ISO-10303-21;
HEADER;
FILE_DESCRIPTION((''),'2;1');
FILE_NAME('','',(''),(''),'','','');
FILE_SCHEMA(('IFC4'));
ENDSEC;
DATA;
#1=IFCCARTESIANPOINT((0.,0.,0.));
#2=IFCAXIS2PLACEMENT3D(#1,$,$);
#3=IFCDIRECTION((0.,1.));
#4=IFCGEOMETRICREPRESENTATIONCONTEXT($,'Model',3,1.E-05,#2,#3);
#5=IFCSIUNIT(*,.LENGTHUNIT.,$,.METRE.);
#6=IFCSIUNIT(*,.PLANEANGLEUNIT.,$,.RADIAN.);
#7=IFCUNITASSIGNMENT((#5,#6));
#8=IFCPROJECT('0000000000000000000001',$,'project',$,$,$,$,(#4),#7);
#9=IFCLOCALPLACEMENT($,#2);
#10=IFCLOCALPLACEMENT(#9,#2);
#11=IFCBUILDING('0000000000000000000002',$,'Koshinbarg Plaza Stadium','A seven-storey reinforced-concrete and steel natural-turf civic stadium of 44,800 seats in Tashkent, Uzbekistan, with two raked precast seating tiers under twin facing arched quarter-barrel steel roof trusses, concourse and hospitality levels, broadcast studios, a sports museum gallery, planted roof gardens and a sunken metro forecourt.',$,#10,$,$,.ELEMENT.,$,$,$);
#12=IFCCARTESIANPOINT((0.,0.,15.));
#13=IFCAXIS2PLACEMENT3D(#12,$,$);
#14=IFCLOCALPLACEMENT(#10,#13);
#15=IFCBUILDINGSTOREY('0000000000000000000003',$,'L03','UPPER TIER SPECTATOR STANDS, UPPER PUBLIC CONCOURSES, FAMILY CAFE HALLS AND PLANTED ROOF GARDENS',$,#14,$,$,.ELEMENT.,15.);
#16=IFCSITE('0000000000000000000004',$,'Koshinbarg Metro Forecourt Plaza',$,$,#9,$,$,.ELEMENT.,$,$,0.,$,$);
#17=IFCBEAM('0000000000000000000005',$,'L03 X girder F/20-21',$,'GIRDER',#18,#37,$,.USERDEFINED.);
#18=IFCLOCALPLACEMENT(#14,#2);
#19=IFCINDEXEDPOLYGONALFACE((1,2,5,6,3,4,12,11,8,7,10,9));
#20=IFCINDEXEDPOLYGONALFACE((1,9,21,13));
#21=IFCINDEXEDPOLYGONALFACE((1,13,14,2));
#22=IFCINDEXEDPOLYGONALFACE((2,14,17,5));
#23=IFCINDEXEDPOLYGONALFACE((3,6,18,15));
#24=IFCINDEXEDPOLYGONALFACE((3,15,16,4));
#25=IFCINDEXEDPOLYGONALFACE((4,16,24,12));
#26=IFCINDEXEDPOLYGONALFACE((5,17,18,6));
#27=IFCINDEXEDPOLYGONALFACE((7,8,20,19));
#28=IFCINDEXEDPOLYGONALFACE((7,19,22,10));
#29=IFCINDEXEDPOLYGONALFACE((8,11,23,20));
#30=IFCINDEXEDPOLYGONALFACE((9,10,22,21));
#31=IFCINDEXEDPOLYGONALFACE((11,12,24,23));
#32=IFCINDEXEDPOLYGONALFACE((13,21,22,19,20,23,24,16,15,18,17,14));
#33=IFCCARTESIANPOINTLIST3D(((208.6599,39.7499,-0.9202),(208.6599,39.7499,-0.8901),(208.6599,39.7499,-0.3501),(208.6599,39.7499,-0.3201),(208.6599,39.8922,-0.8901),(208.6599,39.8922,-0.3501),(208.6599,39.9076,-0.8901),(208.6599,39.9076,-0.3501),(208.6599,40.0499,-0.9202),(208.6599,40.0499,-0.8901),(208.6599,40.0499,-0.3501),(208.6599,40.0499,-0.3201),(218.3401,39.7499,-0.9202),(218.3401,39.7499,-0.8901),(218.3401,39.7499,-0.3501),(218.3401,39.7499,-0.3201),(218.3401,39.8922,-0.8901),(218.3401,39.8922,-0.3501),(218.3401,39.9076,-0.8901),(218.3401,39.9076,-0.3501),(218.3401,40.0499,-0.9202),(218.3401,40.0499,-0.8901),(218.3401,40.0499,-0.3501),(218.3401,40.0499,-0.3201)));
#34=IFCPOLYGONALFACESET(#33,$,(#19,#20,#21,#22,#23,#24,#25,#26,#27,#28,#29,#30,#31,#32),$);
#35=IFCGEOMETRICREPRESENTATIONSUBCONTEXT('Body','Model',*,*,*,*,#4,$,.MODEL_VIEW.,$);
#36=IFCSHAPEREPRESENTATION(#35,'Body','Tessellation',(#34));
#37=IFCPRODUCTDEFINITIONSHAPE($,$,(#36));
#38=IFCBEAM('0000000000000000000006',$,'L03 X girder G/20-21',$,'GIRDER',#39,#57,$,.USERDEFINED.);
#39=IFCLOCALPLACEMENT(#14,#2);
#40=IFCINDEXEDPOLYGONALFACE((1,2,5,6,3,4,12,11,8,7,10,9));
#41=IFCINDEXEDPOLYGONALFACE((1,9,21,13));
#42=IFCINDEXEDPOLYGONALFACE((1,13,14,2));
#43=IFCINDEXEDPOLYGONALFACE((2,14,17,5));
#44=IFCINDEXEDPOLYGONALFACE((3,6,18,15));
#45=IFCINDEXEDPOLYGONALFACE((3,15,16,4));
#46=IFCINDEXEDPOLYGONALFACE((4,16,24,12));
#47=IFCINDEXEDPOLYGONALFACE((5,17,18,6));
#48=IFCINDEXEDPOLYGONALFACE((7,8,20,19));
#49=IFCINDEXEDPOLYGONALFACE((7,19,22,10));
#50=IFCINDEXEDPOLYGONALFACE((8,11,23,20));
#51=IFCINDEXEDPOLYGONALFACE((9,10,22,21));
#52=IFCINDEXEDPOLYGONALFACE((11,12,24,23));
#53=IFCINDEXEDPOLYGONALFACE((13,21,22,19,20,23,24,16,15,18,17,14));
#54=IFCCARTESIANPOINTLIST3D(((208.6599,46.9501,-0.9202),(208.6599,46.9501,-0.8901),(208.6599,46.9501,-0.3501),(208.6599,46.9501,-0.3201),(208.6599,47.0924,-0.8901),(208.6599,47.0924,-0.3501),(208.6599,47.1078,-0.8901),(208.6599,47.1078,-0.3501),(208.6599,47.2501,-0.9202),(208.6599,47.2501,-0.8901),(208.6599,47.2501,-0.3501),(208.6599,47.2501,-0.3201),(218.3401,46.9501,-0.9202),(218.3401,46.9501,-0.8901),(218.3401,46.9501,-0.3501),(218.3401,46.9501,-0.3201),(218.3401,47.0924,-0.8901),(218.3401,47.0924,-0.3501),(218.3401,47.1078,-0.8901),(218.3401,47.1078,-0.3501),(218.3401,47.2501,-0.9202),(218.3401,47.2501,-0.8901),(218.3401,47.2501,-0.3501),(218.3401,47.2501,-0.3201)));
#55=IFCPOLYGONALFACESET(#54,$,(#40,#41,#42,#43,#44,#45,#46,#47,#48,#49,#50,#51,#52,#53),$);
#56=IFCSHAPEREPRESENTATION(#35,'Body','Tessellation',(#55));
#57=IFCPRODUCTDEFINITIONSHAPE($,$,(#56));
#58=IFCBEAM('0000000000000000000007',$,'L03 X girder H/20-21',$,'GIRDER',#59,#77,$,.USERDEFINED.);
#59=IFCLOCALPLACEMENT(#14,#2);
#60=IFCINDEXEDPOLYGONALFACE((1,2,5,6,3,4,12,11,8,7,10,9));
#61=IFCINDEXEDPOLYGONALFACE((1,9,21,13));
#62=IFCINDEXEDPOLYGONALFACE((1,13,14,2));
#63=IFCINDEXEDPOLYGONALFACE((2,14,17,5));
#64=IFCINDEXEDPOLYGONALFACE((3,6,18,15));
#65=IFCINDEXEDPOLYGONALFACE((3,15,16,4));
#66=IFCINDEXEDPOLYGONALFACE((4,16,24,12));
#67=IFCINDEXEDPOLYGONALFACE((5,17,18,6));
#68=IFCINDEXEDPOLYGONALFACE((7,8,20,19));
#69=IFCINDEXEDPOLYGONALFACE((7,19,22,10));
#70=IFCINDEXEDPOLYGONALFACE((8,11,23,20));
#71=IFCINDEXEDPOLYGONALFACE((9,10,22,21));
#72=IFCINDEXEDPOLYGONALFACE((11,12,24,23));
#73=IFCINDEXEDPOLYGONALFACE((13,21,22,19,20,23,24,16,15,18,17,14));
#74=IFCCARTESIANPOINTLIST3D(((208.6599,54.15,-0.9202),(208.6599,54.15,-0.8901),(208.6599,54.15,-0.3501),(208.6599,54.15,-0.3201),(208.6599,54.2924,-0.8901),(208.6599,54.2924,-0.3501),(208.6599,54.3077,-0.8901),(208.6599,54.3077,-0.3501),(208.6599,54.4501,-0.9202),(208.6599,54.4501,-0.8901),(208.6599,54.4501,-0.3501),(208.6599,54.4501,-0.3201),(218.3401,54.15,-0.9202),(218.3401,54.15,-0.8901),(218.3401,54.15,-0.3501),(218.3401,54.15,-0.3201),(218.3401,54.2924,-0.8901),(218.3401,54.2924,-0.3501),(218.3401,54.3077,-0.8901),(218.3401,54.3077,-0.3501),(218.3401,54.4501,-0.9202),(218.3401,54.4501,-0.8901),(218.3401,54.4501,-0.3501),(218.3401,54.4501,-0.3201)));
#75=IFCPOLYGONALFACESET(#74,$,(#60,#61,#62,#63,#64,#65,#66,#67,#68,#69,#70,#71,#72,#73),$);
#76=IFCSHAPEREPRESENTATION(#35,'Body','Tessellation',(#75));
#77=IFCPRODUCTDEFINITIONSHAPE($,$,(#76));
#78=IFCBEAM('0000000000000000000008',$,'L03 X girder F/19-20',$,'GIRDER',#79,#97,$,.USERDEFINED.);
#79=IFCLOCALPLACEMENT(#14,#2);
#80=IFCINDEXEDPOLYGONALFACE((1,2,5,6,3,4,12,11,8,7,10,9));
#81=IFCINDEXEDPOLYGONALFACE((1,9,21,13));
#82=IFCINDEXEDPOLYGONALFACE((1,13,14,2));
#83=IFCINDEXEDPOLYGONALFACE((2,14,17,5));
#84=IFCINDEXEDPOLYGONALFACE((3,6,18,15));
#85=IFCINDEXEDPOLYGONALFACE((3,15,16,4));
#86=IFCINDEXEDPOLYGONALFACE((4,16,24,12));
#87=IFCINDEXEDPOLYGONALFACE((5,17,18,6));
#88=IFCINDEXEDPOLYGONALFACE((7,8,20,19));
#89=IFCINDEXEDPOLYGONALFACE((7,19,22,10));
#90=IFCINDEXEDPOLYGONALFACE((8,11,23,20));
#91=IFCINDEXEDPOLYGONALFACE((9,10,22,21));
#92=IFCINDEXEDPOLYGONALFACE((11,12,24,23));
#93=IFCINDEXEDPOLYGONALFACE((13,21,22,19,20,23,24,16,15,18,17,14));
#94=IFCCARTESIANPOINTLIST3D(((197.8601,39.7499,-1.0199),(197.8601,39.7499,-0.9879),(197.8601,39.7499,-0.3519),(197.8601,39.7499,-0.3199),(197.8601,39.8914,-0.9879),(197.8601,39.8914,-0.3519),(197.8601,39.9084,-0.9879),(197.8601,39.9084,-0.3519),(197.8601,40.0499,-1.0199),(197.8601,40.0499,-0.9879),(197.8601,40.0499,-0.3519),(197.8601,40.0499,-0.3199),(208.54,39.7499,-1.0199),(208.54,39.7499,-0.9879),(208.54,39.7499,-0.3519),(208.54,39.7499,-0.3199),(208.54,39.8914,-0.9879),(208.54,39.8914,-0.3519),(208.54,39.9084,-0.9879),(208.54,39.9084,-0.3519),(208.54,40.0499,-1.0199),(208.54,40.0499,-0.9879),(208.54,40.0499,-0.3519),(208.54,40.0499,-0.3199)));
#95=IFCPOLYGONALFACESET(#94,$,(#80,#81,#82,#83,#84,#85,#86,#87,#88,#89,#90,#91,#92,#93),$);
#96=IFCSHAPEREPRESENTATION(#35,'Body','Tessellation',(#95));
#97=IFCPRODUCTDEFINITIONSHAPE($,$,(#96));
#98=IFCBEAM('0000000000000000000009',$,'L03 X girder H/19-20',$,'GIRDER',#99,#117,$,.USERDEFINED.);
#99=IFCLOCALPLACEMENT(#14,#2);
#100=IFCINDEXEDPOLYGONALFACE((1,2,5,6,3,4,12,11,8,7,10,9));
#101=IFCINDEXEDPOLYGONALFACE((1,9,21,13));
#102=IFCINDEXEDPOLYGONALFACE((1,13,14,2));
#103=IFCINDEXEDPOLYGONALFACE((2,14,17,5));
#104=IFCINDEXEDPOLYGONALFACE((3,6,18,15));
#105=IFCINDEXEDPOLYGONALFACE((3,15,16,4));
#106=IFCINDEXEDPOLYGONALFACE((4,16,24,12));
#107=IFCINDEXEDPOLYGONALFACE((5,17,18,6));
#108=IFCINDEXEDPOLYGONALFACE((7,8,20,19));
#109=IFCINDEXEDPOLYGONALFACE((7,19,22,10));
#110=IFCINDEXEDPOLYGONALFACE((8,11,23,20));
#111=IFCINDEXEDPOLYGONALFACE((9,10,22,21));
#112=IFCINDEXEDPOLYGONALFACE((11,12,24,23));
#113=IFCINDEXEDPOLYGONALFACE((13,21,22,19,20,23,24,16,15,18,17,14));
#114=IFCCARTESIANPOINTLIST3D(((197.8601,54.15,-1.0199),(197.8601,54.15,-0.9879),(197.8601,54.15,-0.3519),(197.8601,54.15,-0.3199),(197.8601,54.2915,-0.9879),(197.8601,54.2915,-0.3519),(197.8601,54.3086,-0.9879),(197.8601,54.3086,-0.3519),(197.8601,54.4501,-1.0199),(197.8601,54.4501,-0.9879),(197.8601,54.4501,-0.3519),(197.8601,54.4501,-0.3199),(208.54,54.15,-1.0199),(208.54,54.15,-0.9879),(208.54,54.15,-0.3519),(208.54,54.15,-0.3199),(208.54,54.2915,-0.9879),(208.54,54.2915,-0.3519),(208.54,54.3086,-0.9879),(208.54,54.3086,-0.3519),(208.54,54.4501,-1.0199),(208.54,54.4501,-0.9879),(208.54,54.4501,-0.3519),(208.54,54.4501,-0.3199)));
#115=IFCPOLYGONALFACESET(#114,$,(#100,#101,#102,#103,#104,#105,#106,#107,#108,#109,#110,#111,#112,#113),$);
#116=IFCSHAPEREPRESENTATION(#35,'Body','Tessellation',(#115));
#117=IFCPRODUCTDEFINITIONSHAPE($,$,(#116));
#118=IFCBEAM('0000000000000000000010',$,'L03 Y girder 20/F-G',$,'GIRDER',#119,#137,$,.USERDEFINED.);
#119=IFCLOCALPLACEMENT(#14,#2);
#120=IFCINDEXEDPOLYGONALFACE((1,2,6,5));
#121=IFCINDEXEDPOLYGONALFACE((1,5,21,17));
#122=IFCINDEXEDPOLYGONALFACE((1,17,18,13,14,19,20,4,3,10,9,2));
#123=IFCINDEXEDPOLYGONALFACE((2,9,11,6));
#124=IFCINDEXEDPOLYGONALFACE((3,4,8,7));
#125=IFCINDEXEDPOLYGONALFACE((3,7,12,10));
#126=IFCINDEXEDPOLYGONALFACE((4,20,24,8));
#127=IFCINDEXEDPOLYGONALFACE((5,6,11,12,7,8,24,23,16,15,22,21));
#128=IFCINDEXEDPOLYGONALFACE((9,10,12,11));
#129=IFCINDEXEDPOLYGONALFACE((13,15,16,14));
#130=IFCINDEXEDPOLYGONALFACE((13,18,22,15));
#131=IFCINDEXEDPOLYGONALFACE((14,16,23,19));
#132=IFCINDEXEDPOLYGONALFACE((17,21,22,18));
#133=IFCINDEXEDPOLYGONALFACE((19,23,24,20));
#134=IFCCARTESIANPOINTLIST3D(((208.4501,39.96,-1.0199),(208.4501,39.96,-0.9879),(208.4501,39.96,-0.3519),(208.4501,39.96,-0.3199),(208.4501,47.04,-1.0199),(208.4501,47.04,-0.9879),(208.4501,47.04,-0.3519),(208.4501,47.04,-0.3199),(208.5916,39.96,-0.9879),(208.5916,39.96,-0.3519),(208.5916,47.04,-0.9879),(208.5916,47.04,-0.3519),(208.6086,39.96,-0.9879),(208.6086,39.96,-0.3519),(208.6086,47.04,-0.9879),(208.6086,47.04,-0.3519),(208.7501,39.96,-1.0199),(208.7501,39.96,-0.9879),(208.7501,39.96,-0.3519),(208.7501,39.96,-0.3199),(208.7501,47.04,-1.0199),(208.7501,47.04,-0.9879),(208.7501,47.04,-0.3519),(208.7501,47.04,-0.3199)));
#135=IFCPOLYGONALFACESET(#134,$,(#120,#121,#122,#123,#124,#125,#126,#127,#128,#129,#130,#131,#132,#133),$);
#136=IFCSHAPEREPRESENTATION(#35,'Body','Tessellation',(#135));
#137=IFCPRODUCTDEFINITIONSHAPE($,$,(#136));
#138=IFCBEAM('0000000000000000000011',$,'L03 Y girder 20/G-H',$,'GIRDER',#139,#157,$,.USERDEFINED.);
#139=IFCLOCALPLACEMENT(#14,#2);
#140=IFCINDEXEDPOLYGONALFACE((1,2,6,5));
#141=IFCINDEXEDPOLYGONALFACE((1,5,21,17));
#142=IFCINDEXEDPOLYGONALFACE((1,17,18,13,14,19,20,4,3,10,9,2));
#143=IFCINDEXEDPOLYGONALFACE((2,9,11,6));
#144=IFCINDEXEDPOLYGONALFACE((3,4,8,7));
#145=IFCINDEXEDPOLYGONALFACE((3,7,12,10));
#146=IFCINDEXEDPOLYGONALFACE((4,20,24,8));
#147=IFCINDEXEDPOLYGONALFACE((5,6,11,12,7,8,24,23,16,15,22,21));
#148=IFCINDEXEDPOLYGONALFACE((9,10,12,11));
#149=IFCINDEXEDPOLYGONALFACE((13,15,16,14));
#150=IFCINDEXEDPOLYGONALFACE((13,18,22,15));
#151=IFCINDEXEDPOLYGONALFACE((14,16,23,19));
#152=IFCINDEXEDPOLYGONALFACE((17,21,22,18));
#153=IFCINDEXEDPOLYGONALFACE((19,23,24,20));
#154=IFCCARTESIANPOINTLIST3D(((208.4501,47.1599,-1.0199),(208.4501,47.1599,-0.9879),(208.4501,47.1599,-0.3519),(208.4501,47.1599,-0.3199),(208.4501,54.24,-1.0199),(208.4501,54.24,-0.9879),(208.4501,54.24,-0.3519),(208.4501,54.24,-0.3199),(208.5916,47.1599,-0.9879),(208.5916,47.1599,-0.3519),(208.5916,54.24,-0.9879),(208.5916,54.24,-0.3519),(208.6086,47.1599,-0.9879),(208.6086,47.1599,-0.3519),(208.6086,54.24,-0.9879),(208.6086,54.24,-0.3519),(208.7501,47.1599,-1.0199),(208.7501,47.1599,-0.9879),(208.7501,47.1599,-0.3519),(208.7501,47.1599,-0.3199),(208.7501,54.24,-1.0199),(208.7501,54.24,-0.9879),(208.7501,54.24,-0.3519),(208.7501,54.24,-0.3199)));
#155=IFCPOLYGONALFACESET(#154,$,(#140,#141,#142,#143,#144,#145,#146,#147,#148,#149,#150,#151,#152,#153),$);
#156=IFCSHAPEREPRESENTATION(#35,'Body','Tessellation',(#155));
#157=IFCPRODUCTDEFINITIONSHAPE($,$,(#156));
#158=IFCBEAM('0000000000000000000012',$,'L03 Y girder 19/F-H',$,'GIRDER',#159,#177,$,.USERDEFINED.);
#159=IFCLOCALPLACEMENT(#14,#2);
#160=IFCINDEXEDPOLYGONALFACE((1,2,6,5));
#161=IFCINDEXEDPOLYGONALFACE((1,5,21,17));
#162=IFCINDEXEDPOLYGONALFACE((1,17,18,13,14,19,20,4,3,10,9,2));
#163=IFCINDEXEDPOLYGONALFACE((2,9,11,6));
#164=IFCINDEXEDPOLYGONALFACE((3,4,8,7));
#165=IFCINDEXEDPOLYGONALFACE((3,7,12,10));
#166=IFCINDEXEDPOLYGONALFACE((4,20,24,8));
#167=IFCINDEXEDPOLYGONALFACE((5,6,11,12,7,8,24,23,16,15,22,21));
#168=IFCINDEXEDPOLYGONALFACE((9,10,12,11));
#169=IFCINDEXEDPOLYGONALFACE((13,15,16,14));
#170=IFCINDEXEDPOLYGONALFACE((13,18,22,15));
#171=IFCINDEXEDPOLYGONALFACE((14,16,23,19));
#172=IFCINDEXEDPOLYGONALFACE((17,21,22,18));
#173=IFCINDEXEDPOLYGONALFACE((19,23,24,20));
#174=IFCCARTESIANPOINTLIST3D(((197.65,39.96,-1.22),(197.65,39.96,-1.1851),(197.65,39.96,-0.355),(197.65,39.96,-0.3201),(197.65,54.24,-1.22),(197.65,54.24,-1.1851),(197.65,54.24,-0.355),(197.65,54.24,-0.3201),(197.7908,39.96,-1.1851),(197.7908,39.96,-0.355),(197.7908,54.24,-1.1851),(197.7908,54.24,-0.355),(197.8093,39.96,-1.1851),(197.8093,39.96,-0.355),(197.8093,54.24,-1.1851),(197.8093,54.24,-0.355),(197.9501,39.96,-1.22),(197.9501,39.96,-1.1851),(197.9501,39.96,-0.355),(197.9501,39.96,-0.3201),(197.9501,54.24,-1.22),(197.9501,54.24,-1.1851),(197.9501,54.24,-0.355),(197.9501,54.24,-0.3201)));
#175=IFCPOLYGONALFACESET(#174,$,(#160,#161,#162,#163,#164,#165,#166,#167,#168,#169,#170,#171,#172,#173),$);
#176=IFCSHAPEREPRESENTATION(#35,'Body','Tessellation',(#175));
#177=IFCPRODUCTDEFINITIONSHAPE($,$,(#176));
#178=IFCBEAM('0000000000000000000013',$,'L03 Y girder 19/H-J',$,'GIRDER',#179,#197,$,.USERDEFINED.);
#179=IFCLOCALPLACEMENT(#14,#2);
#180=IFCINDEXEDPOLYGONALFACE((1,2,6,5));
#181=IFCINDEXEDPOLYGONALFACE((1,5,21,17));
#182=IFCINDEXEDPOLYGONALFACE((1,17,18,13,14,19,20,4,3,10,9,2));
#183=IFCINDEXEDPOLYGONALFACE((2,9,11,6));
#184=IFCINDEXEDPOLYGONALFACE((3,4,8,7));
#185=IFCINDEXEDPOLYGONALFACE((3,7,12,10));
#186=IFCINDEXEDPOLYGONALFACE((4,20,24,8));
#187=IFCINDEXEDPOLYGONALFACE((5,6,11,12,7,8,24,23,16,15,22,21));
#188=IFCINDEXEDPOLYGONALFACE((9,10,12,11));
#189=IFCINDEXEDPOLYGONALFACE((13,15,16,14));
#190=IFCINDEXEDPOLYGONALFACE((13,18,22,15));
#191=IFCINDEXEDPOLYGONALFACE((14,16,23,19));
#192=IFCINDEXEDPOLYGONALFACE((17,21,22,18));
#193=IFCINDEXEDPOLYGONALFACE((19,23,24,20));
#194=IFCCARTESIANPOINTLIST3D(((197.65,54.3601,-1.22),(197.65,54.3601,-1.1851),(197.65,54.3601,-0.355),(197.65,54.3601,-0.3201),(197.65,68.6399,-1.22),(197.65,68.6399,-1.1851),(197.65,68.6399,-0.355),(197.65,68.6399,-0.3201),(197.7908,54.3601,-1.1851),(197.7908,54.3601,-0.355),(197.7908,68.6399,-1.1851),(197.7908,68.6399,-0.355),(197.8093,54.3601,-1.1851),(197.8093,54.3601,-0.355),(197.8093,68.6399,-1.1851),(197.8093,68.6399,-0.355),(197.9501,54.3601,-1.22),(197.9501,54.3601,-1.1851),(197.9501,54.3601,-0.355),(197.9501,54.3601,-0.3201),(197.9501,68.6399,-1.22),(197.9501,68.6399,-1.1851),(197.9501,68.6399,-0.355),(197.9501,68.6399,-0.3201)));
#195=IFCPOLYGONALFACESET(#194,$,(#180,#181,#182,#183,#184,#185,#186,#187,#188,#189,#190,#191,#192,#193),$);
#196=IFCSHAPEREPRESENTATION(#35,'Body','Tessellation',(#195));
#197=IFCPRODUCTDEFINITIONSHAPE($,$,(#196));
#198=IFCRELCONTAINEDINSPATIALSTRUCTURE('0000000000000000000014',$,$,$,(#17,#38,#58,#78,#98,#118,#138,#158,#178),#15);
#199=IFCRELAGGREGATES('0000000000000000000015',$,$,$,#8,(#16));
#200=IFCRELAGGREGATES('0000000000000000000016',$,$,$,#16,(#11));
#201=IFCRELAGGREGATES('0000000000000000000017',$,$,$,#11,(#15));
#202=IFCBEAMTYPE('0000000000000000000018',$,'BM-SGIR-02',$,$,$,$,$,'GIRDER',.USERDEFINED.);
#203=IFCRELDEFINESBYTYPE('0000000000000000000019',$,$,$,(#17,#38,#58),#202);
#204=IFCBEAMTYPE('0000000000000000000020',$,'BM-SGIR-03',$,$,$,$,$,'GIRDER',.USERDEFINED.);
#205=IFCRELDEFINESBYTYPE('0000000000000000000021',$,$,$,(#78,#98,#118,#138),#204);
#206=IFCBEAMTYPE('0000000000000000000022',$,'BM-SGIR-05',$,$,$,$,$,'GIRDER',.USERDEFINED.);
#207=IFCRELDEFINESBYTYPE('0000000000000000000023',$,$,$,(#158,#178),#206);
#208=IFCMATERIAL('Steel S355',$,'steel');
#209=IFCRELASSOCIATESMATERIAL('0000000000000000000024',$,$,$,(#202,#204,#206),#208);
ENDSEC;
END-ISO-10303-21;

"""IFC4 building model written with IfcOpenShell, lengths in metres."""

from ifc_helpers import new_model, si_unit, direction, frame, origin, origin_2d, place, context, subcontext, project, spatial, i_section, extrude, material, material_profile, profile_set, type_object, element, save


model = new_model("IFC4")

# Units and contexts
model_context = context("Model", 3, precision=1e-05, world=origin(), true_north=direction((0.0, 1.0)))
body_context = subcontext(model_context, "Body", "Model", "MODEL_VIEW")
ifc_project = project(units=[si_unit("LENGTHUNIT", "METRE"), si_unit("PLANEANGLEUNIT", "RADIAN")], contexts=[model_context])

# Site, building, storey
site_placement = place(None, origin())
site = spatial("IfcSite", under=ifc_project, at=site_placement, Name="Koshinbarg Metro Forecourt Plaza", CompositionType="ELEMENT", RefElevation=0.0)
building_placement = place(site_placement, origin())
building = spatial("IfcBuilding", under=site, at=building_placement, Name="Koshinbarg Plaza Stadium", Description="A seven-storey reinforced-concrete and steel natural-turf civic stadium of 44,800 seats in Tashkent, Uzbekistan, with two raked precast seating tiers under twin facing arched quarter-barrel steel roof trusses, concourse and hospitality levels, broadcast studios, a sports museum gallery, planted roof gardens and a sunken metro forecourt.", CompositionType="ELEMENT")
storey_placement = place(building_placement, frame((0.0, 0.0, 15.0)))
storey = spatial("IfcBuildingStorey", under=building, at=storey_placement, Name="L03", Description="UPPER TIER SPECTATOR STANDS, UPPER PUBLIC CONCOURSES, FAMILY CAFE HALLS AND PLANTED ROOF GARDENS", CompositionType="ELEMENT", Elevation=15.0)

# Shared definitions
ifc_material_1 = material(Name="Steel S355", Category="steel")

# Beams
ifc_material_profile_1 = material_profile(ifc_material_1, i_section(OverallWidth=0.3, OverallDepth=0.6001, WebThickness=0.0154, FlangeThickness=0.03, at=origin_2d()), Name="HEB 600")
ifc_profile_set_1 = profile_set([ifc_material_profile_1], Name="Steel S355")
beam_type_1 = type_object("IfcBeamType", Name="BM-SGIR-02", ElementType="GIRDER", PredefinedType="USERDEFINED", material=ifc_profile_set_1)
for number, where, z_axis, x_axis, name in (
    (1, (208.6599, 39.8999, -0.6201), (1.0, 0.0, 0.0), (0.0, 1.0, 0.0), "L03 X girder F/20-21"),
    (2, (208.6599, 47.1001, -0.6201), (1.0, 0.0, 0.0), (0.0, 1.0, 0.0), "L03 X girder G/20-21"),
    (3, (208.6599, 54.3, -0.6201), (1.0, 0.0, 0.0), (0.0, 1.0, 0.0), "L03 X girder H/20-21"),
):
    element("IfcBeam", number, at=place(storey_placement, frame(where, z_axis=z_axis, x_axis=x_axis)), inside=storey, type_object=beam_type_1, Name=name, ObjectType="GIRDER", PredefinedType="USERDEFINED", context=body_context, shape_type="SweptSolid", body=[
        extrude(i_section(OverallWidth=0.3, OverallDepth=0.6001, WebThickness=0.0154, FlangeThickness=0.03, at=origin_2d()), origin(), (0.0, 0.0, 1.0), 9.6802),
    ])
ifc_material_profile_2 = material_profile(ifc_material_1, i_section(OverallWidth=0.3, OverallDepth=0.7, WebThickness=0.0171, FlangeThickness=0.032, at=origin_2d()), Name="HEB 700")
ifc_profile_set_2 = profile_set([ifc_material_profile_2], Name="Steel S355")
beam_type_2 = type_object("IfcBeamType", Name="BM-SGIR-03", ElementType="GIRDER", PredefinedType="USERDEFINED", material=ifc_profile_set_2)
for number, where, z_axis, x_axis, name in (
    (4, (197.8601, 39.8999, -0.6699), (1.0, 0.0, 0.0), (0.0, 1.0, 0.0), "L03 X girder F/19-20"),
    (5, (197.8601, 54.3, -0.6699), (1.0, 0.0, 0.0), (0.0, 1.0, 0.0), "L03 X girder H/19-20"),
):
    element("IfcBeam", number, at=place(storey_placement, frame(where, z_axis=z_axis, x_axis=x_axis)), inside=storey, type_object=beam_type_2, Name=name, ObjectType="GIRDER", PredefinedType="USERDEFINED", context=body_context, shape_type="SweptSolid", body=[
        extrude(i_section(OverallWidth=0.3, OverallDepth=0.7, WebThickness=0.0171, FlangeThickness=0.032, at=origin_2d()), origin(), (0.0, 0.0, 1.0), 10.6799),
    ])
for number, where, z_axis, x_axis, name in (
    (6, (208.6001, 39.96, -0.6699), (0.0, 1.0, 0.0), (-1.0, 0.0, 0.0), "L03 Y girder 20/F-G"),
    (7, (208.6001, 47.1599, -0.6699), (0.0, 1.0, 0.0), (-1.0, 0.0, 0.0), "L03 Y girder 20/G-H"),
):
    element("IfcBeam", number, at=place(storey_placement, frame(where, z_axis=z_axis, x_axis=x_axis)), inside=storey, type_object=beam_type_2, Name=name, ObjectType="GIRDER", PredefinedType="USERDEFINED", context=body_context, shape_type="SweptSolid", body=[
        extrude(i_section(OverallWidth=0.3, OverallDepth=0.7, WebThickness=0.0171, FlangeThickness=0.032, at=origin_2d()), origin(), (0.0, 0.0, 1.0), 7.0801),
    ])
ifc_material_profile_3 = material_profile(ifc_material_1, i_section(OverallWidth=0.3, OverallDepth=0.8999, WebThickness=0.0186, FlangeThickness=0.0349, at=origin_2d()), Name="HEB 900")
ifc_profile_set_3 = profile_set([ifc_material_profile_3], Name="Steel S355")
beam_type_3 = type_object("IfcBeamType", Name="BM-SGIR-05", ElementType="GIRDER", PredefinedType="USERDEFINED", material=ifc_profile_set_3)
beam_1_placement = place(storey_placement, frame((197.8, 39.96, -0.77), z_axis=(0.0, 1.0, 0.0), x_axis=(-1.0, 0.0, 0.0)))
element("IfcBeam", 8, at=beam_1_placement, inside=storey, type_object=beam_type_3, Name="L03 Y girder 19/F-H", ObjectType="GIRDER", PredefinedType="USERDEFINED", context=body_context, shape_type="SweptSolid", body=[
    extrude(i_section(OverallWidth=0.3, OverallDepth=0.8999, WebThickness=0.0186, FlangeThickness=0.0349, at=origin_2d()), origin(), (0.0, 0.0, 1.0), 14.28),
])
beam_2_placement = place(storey_placement, frame((197.8, 54.3601, -0.77), z_axis=(0.0, 1.0, 0.0), x_axis=(-1.0, 0.0, 0.0)))
element("IfcBeam", 9, at=beam_2_placement, inside=storey, type_object=beam_type_3, Name="L03 Y girder 19/H-J", ObjectType="GIRDER", PredefinedType="USERDEFINED", context=body_context, shape_type="SweptSolid", body=[
    extrude(i_section(OverallWidth=0.3, OverallDepth=0.8999, WebThickness=0.0186, FlangeThickness=0.0349, at=origin_2d()), origin(), (0.0, 0.0, 1.0), 14.2798),
])

save(model, "model.ifc")
